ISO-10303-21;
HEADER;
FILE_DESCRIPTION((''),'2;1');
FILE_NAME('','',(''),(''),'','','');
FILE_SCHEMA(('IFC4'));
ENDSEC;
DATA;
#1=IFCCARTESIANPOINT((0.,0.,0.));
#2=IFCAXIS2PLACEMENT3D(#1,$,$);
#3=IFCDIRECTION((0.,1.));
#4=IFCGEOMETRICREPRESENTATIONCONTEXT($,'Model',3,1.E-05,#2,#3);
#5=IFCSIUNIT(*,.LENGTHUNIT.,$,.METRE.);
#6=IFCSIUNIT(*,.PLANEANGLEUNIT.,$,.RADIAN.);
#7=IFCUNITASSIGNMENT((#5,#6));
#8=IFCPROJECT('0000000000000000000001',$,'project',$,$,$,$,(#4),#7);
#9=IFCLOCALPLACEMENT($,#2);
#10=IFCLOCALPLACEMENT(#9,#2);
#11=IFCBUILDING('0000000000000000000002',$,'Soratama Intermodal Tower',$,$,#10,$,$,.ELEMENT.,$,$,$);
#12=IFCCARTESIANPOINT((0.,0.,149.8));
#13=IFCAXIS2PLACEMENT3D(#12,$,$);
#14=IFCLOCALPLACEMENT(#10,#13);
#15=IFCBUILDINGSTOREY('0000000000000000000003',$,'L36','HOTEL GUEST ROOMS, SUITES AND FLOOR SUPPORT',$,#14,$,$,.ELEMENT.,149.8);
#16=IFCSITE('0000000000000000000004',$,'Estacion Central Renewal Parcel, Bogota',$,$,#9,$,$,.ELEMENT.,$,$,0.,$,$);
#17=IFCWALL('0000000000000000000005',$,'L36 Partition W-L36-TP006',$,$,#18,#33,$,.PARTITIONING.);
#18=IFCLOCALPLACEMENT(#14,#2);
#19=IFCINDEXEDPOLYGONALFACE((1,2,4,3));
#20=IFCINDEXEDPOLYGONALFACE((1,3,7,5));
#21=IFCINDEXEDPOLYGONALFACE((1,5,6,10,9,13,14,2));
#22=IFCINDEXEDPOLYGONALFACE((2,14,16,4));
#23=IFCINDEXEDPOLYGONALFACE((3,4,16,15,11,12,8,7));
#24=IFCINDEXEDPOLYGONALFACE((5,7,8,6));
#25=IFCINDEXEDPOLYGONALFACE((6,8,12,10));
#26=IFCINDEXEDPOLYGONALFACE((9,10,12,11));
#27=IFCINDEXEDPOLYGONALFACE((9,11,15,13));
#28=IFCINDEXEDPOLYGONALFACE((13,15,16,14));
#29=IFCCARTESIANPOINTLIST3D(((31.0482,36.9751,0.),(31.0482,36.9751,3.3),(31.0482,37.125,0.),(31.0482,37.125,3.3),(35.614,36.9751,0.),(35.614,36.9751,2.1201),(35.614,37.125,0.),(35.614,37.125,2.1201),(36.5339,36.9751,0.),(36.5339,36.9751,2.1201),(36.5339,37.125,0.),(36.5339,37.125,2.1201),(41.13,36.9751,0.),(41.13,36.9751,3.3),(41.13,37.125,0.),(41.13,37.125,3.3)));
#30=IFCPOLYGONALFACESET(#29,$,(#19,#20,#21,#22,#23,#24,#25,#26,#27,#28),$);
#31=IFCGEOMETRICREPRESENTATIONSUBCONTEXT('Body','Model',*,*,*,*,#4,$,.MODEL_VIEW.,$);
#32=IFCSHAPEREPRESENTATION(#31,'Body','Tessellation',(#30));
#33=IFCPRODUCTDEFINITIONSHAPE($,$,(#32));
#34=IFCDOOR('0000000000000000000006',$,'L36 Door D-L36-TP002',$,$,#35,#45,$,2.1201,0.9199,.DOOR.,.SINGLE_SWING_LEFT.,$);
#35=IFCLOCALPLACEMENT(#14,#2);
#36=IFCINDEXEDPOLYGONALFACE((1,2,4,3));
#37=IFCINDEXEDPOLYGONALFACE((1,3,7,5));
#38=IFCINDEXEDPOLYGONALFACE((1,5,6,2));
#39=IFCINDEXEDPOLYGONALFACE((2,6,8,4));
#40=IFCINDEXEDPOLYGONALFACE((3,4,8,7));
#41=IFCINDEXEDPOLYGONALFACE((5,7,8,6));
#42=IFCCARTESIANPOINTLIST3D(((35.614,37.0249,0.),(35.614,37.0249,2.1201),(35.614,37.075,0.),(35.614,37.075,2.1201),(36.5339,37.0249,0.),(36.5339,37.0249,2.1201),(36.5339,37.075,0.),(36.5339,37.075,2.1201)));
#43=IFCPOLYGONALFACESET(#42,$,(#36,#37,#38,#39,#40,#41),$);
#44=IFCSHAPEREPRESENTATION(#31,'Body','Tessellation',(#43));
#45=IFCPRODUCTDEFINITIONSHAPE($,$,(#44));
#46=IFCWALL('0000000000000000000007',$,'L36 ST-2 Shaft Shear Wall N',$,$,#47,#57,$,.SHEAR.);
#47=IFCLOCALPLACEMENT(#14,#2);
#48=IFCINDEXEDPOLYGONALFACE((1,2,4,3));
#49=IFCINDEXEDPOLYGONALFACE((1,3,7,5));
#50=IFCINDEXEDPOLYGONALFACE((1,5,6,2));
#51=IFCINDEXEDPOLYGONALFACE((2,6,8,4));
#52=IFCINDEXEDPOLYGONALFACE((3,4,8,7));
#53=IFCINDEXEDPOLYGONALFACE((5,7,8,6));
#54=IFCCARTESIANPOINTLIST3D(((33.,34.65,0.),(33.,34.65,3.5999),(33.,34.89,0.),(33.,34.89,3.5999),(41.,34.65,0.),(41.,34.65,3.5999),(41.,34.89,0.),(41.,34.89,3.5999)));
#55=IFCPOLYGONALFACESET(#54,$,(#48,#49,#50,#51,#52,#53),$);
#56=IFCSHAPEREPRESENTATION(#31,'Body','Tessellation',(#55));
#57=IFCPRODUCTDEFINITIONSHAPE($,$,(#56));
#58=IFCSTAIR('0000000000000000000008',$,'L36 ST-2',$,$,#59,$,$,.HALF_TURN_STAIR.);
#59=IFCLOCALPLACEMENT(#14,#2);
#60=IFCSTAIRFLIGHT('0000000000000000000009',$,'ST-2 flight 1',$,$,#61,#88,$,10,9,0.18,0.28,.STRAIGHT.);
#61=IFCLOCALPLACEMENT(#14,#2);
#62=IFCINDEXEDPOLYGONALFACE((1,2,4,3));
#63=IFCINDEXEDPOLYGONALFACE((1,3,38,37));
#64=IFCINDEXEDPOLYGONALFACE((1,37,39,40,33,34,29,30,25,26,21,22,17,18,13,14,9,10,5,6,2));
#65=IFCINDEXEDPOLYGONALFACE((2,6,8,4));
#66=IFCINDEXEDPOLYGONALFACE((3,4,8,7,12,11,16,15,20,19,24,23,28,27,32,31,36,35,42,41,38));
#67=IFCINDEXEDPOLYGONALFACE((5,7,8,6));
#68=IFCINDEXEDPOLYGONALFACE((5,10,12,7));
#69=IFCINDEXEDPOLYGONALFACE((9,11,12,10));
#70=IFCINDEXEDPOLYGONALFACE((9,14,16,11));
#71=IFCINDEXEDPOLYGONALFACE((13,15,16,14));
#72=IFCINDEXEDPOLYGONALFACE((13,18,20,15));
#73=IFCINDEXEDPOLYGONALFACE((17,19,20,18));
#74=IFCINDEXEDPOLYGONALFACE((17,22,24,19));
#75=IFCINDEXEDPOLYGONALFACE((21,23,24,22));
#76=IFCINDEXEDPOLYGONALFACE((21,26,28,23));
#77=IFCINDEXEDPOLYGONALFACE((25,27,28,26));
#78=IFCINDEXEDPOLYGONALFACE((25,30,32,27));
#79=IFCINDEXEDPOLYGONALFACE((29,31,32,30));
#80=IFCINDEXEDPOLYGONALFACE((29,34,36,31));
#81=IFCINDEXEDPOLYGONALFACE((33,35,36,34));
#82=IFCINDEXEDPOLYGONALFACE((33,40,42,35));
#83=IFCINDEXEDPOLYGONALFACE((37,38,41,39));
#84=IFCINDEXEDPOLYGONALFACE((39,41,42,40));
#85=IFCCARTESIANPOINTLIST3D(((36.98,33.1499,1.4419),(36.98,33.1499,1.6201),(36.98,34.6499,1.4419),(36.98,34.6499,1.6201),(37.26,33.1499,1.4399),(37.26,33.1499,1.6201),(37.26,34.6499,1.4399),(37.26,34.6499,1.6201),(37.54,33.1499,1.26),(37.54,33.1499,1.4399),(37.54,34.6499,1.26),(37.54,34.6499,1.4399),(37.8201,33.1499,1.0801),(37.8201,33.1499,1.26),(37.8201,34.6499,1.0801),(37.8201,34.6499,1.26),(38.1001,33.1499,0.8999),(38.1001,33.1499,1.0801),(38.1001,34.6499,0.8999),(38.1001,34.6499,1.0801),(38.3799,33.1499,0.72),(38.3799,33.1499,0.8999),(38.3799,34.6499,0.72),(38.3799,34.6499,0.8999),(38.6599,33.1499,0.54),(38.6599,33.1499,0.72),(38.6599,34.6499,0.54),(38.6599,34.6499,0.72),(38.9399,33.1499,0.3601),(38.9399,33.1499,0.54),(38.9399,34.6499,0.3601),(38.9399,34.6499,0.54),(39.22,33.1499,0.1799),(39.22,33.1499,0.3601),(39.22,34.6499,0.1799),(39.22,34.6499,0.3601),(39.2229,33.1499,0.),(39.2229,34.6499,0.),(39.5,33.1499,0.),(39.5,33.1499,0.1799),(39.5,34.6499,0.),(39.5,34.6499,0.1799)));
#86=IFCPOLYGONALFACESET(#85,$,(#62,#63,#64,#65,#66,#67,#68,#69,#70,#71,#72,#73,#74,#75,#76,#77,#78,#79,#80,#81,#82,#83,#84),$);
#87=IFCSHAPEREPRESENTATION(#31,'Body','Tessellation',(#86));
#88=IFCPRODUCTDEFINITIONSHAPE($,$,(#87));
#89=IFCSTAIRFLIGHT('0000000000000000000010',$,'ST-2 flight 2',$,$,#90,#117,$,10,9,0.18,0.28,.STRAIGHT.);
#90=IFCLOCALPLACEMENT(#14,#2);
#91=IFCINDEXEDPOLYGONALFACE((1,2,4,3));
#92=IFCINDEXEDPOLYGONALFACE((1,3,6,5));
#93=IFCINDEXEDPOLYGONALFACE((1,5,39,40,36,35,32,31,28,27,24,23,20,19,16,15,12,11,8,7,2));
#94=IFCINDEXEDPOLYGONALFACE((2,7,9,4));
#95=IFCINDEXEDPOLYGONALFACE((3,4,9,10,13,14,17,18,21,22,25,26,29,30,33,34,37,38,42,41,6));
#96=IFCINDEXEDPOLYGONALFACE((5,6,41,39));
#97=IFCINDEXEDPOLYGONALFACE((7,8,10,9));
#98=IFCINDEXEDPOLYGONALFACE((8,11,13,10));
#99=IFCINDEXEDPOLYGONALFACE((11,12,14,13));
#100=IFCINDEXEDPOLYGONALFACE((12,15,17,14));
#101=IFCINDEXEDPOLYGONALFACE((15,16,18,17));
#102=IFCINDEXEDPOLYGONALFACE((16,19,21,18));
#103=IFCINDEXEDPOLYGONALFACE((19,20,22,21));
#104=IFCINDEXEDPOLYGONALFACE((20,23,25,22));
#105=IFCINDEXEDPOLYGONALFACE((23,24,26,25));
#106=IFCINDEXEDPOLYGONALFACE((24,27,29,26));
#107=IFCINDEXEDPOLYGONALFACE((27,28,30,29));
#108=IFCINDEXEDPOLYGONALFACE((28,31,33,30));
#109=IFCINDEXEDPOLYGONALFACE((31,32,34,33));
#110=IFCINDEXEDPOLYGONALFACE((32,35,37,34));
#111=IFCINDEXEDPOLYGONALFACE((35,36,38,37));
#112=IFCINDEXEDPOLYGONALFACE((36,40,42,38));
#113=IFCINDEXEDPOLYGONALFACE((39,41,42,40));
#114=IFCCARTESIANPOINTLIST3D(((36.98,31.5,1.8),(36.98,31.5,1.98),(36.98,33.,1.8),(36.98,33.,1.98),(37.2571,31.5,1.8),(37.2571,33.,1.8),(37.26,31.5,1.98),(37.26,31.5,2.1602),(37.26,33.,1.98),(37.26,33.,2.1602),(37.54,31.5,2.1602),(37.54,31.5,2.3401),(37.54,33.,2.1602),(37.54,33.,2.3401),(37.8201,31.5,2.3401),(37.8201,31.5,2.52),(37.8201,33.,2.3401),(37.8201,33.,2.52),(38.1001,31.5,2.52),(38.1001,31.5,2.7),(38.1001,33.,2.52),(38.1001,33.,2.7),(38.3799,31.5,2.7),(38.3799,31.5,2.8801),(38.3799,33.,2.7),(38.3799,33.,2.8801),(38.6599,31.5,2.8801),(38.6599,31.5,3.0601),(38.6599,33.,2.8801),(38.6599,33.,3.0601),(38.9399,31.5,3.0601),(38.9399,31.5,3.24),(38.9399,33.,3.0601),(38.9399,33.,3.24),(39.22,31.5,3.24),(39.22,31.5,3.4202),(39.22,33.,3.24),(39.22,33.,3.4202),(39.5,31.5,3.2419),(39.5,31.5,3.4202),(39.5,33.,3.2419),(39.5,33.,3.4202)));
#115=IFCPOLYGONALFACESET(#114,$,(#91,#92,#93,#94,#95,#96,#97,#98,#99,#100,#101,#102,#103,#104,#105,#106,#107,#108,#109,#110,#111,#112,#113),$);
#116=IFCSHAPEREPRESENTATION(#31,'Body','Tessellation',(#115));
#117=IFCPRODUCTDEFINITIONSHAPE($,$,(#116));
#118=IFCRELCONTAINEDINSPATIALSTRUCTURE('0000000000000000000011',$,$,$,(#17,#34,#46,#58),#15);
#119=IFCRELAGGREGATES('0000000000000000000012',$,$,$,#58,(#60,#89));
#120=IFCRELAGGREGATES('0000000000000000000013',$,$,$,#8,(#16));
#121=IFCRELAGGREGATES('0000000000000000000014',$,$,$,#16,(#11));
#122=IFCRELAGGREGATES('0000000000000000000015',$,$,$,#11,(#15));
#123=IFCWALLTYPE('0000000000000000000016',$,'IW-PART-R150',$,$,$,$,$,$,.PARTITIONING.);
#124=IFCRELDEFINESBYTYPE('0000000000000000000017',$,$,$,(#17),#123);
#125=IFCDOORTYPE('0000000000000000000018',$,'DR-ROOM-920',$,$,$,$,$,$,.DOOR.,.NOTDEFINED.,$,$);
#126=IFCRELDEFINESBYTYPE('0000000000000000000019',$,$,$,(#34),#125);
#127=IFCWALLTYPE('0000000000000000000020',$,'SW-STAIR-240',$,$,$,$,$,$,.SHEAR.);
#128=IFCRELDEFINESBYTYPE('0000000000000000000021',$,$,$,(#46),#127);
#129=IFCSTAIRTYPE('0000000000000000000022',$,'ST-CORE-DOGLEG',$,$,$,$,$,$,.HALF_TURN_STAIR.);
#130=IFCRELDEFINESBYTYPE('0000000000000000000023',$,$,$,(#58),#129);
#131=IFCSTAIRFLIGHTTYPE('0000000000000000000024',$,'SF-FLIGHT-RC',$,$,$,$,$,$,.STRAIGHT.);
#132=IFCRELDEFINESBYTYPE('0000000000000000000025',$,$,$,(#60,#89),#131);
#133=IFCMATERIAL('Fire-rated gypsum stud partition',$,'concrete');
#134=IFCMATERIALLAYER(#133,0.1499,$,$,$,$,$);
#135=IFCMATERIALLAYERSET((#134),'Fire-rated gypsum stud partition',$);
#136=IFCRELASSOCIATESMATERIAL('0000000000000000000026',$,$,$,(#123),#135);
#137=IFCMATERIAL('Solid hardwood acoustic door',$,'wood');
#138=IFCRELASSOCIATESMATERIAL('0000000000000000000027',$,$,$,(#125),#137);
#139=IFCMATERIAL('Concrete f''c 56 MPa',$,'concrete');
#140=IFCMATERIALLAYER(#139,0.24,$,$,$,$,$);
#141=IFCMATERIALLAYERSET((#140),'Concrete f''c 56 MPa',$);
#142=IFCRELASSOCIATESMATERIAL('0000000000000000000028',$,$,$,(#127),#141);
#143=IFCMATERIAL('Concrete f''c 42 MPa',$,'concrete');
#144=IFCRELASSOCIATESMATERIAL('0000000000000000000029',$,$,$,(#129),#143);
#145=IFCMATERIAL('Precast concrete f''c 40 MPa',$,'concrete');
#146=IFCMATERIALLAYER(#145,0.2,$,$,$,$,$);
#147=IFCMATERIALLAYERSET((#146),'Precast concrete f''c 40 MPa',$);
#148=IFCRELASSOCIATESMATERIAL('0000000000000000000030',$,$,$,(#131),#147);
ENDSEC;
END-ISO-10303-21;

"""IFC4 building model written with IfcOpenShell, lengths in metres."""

from ifc_helpers import new_model, si_unit, direction, frame, frame_2d, origin, place, context, subcontext, project, spatial, polyline, rectangle, outline, extrude, material, layer, layer_set, type_object, element, fill, aggregate, save


model = new_model("IFC4")

# Units and contexts
model_context = context("Model", 3, precision=1e-05, world=origin(), true_north=direction((0.0, 1.0)))
body_context = subcontext(model_context, "Body", "Model", "MODEL_VIEW")
ifc_project = project(units=[si_unit("LENGTHUNIT", "METRE"), si_unit("PLANEANGLEUNIT", "RADIAN")], contexts=[model_context])

# Site, building, storey
site_placement = place(None, origin())
site = spatial("IfcSite", under=ifc_project, at=site_placement, Name="Estacion Central Renewal Parcel, Bogota", CompositionType="ELEMENT", RefElevation=0.0)
building_placement = place(site_placement, origin())
building = spatial("IfcBuilding", under=site, at=building_placement, Name="Soratama Intermodal Tower", CompositionType="ELEMENT")
storey_placement = place(building_placement, frame((0.0, 0.0, 149.8)))
storey = spatial("IfcBuildingStorey", under=building, at=storey_placement, Name="L36", Description="HOTEL GUEST ROOMS, SUITES AND FLOOR SUPPORT", CompositionType="ELEMENT", Elevation=149.8)

# Wall, opening, door
ifc_material_1 = material(Name="Fire-rated gypsum stud partition", Category="concrete")
ifc_layer_1 = layer(ifc_material_1, 0.1499)
ifc_layer_set_1 = layer_set([ifc_layer_1], Name="Fire-rated gypsum stud partition")
wall_type_1 = type_object("IfcWallType", Name="IW-PART-R150", PredefinedType="PARTITIONING", material=ifc_layer_set_1)
wall_1_placement = place(storey_placement, frame((31.0481, 37.05, 0.0), z_axis=(0.0, 0.0, 1.0), x_axis=(1.0, 0.0, 0.0)))
wall_1 = element("IfcWall", 1, at=wall_1_placement, inside=storey, type_object=wall_type_1, Name="L36 Partition W-L36-TP006", PredefinedType="PARTITIONING", context=body_context, shape_type="SweptSolid", body=[
    extrude(rectangle(XDim=10.0818, YDim=0.1499, at=frame_2d((5.041, 0.0))), origin(), (0.0, 0.0, 1.0), 3.3),
])
opening_placement = place(wall_1_placement, frame((4.5659, 0.0, 0.0)))
opening = element("IfcOpeningElement", 2, at=opening_placement, cuts=wall_1, PredefinedType="OPENING", context=body_context, shape_type="SweptSolid", body=[
    extrude(rectangle(XDim=0.9199, YDim=2.1201, at=frame_2d((0.46, 1.0601))), frame((0.0, 0.085, 0.0), z_axis=(0.0, -1.0, 0.0), x_axis=(1.0, 0.0, 0.0)), (0.0, 0.0, 1.0), 0.1699),
])
ifc_material_2 = material(Name="Solid hardwood acoustic door", Category="wood")
door_type = type_object("IfcDoorType", Name="DR-ROOM-920", OperationType="NOTDEFINED", PredefinedType="DOOR", material=ifc_material_2)
door_placement = place(opening_placement, origin())
door = element("IfcDoor", 3, at=door_placement, inside=storey, type_object=door_type, Name="L36 Door D-L36-TP002", OperationType="SINGLE_SWING_LEFT", OverallHeight=2.1201, OverallWidth=0.9199, PredefinedType="DOOR", context=body_context, shape_type="SweptSolid", body=[
    extrude(rectangle(XDim=0.9199, YDim=2.1201, at=frame_2d((0.46, 1.0601))), frame((0.0, 0.0249, 0.0), z_axis=(0.0, -1.0, 0.0), x_axis=(1.0, 0.0, 0.0)), (0.0, 0.0, 1.0), 0.05),
])
fill(opening, door)

# Wall
ifc_material_3 = material(Name="Concrete f'c 56 MPa", Category="concrete")
ifc_layer_2 = layer(ifc_material_3, 0.24)
ifc_layer_set_2 = layer_set([ifc_layer_2], Name="Concrete f'c 56 MPa")
wall_type_2 = type_object("IfcWallType", Name="SW-STAIR-240", PredefinedType="SHEAR", material=ifc_layer_set_2)
wall_2_placement = place(storey_placement, frame((33.0, 34.77, 0.0), z_axis=(0.0, 0.0, 1.0), x_axis=(1.0, 0.0, 0.0)))
element("IfcWall", 4, at=wall_2_placement, inside=storey, type_object=wall_type_2, Name="L36 ST-2 Shaft Shear Wall N", PredefinedType="SHEAR", context=body_context, shape_type="SweptSolid", body=[
    extrude(rectangle(XDim=8.0, YDim=0.24, at=frame_2d((4.0, 0.0))), origin(), (0.0, 0.0, 1.0), 3.5999),
])

# Stair, stair flights
ifc_material_4 = material(Name="Concrete f'c 42 MPa", Category="concrete")
stair_type = type_object("IfcStairType", Name="ST-CORE-DOGLEG", PredefinedType="HALF_TURN_STAIR", material=ifc_material_4)
stair_placement = place(storey_placement, origin())
stair = element("IfcStair", 5, at=stair_placement, inside=storey, type_object=stair_type, Name="L36 ST-2", PredefinedType="HALF_TURN_STAIR")
ifc_material_5 = material(Name="Precast concrete f'c 40 MPa", Category="concrete")
ifc_layer_3 = layer(ifc_material_5, 0.2)
ifc_layer_set_3 = layer_set([ifc_layer_3], Name="Precast concrete f'c 40 MPa")
stair_flight_type = type_object("IfcStairFlightType", Name="SF-FLIGHT-RC", PredefinedType="STRAIGHT", material=ifc_layer_set_3)
stair_flight_1_placement = place(storey_placement, frame((39.5, 33.8999, 0.0), z_axis=(0.0, 0.0, 1.0), x_axis=(-1.0, 0.0, 0.0)))
stair_flight_1 = element("IfcStairFlight", 6, at=stair_flight_1_placement, type_object=stair_flight_type, Name="ST-2 flight 1", NumberOfRisers=10, NumberOfTreads=9, PredefinedType="STRAIGHT", RiserHeight=0.18, TreadLength=0.28, context=body_context, shape_type="SweptSolid", body=[
    extrude(outline(polyline([(0.0, 0.0), (0.0, 0.1799), (0.28, 0.1799), (0.28, 0.3601), (0.5601, 0.3601), (0.5601, 0.54), (0.8401, 0.54), (0.8401, 0.72), (1.1201, 0.72), (1.1201, 0.8999), (1.3999, 0.8999), (1.3999, 1.0801), (1.6799, 1.0801), (1.6799, 1.26), (1.96, 1.26), (1.96, 1.4399), (2.24, 1.4399), (2.24, 1.6201), (2.52, 1.6201), (2.52, 1.8), (2.52, 1.4419), (0.2771, 0.0), (0.0, 0.0)])), frame((0.0, 0.75, 0.0), z_axis=(0.0, -1.0, 0.0), x_axis=(1.0, 0.0, 0.0)), (0.0, 0.0, 1.0), 1.5),
])
stair_flight_2_placement = place(storey_placement, frame((36.98, 32.25, 1.8), z_axis=(0.0, 0.0, 1.0), x_axis=(1.0, 0.0, 0.0)))
stair_flight_2 = element("IfcStairFlight", 7, at=stair_flight_2_placement, type_object=stair_flight_type, Name="ST-2 flight 2", NumberOfRisers=10, NumberOfTreads=9, PredefinedType="STRAIGHT", RiserHeight=0.18, TreadLength=0.28, context=body_context, shape_type="SweptSolid", body=[
    extrude(outline(polyline([(0.0, 0.0), (0.0, 0.1799), (0.28, 0.1799), (0.28, 0.3601), (0.5601, 0.3601), (0.5601, 0.54), (0.8401, 0.54), (0.8401, 0.72), (1.1201, 0.72), (1.1201, 0.8999), (1.3999, 0.8999), (1.3999, 1.0801), (1.6799, 1.0801), (1.6799, 1.26), (1.96, 1.26), (1.96, 1.4399), (2.24, 1.4399), (2.24, 1.6201), (2.52, 1.6201), (2.52, 1.8), (2.52, 1.4419), (0.2771, 0.0), (0.0, 0.0)])), frame((0.0, 0.75, 0.0), z_axis=(0.0, -1.0, 0.0), x_axis=(1.0, 0.0, 0.0)), (0.0, 0.0, 1.0), 1.5),
])
aggregate(stair, [stair_flight_1, stair_flight_2])

save(model, "model.ifc")
